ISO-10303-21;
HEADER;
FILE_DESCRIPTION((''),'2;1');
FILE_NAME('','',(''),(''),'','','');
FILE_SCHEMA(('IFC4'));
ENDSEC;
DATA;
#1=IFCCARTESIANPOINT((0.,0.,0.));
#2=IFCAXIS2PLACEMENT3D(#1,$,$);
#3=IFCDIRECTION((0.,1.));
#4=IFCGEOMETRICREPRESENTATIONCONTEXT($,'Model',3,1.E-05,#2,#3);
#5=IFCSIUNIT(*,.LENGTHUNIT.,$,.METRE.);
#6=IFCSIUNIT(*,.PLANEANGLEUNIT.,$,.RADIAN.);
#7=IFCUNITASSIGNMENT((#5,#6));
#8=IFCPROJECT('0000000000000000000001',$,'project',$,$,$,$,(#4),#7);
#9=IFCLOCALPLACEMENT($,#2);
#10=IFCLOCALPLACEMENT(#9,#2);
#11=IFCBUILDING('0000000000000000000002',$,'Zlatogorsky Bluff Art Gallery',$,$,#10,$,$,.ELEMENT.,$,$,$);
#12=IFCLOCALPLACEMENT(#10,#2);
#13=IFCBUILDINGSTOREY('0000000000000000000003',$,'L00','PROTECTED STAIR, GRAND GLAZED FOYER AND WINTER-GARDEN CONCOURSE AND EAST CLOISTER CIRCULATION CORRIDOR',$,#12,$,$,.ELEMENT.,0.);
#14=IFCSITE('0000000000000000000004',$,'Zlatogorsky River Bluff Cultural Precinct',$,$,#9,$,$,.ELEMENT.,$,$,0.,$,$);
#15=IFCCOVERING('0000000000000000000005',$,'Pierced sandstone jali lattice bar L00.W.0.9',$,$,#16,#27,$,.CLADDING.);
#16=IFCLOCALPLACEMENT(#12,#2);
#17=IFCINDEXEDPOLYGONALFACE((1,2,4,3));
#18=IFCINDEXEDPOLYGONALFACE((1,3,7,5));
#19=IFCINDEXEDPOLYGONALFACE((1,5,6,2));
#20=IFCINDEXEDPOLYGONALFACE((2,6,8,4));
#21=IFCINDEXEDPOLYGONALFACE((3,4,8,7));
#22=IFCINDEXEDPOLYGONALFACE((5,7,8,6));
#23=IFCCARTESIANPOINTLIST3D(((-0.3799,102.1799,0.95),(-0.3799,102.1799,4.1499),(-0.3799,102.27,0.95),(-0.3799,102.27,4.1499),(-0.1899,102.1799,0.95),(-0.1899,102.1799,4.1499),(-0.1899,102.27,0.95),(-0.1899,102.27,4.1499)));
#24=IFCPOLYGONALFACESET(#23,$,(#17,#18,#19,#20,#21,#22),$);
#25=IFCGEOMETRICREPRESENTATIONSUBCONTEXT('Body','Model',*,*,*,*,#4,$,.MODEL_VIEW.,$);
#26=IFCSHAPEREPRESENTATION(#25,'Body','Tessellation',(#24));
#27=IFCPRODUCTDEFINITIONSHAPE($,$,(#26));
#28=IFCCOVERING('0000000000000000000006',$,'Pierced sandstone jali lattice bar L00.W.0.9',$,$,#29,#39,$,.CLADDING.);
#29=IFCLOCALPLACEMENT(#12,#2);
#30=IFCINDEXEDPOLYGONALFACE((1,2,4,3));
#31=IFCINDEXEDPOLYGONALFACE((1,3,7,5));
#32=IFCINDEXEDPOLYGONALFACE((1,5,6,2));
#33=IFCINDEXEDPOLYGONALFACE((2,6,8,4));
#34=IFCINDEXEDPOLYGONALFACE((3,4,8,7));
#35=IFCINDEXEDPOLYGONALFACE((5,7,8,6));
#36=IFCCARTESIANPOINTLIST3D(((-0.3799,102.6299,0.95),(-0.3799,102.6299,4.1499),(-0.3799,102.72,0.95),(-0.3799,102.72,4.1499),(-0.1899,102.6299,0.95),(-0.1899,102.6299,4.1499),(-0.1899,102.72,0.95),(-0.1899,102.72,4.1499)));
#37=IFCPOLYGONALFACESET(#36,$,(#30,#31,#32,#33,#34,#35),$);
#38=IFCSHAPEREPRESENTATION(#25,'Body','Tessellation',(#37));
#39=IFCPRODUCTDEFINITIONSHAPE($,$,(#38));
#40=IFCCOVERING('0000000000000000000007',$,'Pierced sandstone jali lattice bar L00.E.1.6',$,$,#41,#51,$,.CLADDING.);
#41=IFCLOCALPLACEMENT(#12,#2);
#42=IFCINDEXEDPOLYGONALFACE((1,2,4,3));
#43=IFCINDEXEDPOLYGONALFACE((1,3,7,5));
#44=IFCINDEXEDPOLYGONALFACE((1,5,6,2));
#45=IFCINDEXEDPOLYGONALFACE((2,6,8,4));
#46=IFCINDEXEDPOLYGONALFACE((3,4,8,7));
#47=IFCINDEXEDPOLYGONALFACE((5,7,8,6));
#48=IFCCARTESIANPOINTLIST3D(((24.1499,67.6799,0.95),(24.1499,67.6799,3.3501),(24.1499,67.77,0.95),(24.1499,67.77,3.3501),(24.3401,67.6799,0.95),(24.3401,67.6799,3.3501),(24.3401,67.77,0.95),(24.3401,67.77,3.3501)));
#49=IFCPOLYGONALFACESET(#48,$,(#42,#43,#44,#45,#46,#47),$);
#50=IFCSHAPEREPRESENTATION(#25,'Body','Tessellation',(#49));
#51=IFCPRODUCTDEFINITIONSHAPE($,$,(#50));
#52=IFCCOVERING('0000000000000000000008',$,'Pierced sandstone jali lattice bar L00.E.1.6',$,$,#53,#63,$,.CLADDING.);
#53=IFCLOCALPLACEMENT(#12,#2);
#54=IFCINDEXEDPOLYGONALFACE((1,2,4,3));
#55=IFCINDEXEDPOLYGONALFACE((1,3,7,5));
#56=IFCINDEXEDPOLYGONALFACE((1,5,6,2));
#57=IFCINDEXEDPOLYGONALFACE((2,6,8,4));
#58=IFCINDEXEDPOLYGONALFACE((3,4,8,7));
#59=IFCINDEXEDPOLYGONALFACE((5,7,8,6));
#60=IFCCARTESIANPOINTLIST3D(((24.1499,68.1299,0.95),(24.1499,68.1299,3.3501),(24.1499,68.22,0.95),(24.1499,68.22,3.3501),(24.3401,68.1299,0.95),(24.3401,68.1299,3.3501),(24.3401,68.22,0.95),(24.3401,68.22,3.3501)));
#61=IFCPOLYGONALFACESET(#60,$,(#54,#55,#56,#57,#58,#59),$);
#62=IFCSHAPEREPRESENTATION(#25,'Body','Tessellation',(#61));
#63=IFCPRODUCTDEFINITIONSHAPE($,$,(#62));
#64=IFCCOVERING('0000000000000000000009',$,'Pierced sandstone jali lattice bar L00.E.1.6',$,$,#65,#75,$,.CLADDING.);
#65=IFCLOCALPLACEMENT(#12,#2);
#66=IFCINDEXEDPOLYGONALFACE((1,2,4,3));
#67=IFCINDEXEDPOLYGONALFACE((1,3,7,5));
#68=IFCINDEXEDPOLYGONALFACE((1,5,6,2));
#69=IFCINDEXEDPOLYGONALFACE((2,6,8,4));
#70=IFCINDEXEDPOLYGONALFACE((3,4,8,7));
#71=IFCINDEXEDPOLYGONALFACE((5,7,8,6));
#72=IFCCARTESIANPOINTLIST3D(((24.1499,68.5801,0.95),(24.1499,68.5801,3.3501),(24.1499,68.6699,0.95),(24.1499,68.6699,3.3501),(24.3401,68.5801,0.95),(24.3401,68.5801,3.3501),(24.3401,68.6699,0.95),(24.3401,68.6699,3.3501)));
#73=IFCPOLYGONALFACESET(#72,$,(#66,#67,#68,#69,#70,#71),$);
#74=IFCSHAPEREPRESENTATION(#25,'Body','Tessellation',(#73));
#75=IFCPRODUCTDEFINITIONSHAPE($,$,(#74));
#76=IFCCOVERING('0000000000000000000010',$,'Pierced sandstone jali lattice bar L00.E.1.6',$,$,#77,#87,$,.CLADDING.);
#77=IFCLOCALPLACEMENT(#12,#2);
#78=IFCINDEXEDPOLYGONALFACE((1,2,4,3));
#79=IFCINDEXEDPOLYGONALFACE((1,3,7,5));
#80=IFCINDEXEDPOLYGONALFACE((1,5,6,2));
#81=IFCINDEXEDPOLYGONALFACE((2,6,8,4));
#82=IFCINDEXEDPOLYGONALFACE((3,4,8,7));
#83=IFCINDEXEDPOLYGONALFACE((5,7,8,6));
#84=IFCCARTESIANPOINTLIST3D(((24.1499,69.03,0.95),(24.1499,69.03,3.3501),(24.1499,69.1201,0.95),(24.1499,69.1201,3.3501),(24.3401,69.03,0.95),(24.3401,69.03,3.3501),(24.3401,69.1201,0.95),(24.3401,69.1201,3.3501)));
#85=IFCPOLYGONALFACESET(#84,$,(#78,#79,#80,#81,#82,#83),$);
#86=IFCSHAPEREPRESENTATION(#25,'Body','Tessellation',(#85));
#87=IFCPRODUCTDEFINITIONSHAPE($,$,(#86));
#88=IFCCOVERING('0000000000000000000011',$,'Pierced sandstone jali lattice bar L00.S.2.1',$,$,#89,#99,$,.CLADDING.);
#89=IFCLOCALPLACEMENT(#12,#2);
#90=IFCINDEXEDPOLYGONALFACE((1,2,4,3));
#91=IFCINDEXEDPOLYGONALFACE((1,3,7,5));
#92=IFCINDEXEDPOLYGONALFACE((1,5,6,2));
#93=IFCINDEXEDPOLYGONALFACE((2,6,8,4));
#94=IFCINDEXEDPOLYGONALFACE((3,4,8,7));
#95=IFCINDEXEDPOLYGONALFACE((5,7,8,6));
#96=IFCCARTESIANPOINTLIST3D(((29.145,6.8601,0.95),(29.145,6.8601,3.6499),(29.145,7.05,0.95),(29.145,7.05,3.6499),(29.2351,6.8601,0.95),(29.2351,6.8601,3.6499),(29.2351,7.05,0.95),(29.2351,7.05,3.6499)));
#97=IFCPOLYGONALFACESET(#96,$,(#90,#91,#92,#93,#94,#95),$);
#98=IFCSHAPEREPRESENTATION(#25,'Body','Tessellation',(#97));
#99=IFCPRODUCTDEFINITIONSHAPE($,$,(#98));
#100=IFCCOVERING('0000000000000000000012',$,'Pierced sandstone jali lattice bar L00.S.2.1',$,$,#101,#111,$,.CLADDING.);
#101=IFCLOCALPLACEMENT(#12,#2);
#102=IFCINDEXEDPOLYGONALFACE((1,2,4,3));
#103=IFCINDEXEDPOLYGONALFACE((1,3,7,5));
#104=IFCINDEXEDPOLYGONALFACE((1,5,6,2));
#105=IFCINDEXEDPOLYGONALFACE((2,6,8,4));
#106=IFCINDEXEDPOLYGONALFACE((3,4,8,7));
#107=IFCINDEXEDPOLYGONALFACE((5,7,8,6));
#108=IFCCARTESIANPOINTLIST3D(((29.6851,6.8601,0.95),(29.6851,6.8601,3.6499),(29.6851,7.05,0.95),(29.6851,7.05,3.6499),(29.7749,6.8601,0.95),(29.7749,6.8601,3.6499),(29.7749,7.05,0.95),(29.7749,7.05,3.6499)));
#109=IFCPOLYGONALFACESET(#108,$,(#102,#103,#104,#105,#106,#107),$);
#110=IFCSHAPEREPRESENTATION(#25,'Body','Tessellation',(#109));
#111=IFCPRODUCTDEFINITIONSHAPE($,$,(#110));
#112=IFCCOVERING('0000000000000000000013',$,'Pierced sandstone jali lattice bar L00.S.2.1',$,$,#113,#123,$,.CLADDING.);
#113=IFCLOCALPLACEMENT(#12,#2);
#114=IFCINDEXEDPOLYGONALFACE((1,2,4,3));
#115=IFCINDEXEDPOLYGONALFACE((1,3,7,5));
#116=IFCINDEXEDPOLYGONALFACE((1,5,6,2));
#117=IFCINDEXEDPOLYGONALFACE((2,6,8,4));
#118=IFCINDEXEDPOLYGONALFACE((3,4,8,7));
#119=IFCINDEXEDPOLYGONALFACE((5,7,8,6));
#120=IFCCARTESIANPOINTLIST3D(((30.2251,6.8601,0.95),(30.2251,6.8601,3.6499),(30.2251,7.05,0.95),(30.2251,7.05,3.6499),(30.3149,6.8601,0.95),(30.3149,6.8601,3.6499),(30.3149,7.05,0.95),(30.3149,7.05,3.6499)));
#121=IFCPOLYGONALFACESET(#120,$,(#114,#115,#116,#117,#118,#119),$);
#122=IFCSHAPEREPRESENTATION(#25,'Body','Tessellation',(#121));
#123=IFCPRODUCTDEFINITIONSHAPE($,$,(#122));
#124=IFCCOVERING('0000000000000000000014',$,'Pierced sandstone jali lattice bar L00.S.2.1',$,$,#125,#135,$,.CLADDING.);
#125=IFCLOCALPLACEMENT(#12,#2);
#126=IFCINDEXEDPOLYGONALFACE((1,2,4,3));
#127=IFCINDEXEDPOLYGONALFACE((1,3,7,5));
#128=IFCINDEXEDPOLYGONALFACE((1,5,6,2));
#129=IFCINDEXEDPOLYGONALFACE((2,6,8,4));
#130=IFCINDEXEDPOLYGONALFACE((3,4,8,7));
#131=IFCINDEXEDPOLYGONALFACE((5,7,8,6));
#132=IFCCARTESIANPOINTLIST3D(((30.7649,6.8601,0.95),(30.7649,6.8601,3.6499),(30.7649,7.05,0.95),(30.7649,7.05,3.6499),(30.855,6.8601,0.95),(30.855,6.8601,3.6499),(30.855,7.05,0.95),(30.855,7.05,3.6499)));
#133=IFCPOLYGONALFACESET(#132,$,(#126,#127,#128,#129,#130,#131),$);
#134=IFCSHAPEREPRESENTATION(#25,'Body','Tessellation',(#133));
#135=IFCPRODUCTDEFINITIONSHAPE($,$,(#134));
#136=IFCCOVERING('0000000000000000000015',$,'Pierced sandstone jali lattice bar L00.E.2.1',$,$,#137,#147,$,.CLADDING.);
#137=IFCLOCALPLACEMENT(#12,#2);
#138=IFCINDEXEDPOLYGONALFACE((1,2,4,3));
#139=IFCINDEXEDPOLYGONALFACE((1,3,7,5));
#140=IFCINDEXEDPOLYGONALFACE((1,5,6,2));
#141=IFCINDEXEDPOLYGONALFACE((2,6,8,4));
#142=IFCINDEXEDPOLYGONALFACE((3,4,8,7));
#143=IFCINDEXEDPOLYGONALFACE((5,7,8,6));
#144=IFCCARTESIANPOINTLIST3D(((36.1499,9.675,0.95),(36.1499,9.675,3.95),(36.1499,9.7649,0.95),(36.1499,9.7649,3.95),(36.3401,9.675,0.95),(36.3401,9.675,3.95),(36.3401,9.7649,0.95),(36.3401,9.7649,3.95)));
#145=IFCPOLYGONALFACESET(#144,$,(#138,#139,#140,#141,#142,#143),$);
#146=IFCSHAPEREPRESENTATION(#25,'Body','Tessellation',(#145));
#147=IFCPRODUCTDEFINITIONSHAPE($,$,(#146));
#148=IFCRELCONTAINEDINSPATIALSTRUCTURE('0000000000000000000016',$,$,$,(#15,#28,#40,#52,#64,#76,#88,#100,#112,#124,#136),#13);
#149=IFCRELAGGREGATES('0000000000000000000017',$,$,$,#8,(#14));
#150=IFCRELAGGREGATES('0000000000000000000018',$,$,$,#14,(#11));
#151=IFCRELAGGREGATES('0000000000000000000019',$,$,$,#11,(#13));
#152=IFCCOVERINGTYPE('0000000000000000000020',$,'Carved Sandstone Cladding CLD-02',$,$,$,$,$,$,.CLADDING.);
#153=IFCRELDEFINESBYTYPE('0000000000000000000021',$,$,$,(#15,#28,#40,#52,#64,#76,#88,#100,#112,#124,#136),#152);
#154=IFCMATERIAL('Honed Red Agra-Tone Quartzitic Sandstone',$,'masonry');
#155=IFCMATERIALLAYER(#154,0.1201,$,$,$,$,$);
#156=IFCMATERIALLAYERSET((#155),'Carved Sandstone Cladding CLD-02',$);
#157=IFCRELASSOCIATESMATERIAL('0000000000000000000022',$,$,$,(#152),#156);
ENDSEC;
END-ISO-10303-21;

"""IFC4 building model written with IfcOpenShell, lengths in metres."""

from ifc_helpers import new_model, si_unit, direction, frame, origin, place, context, subcontext, project, spatial, polyline, outline, extrude, material, layer, layer_set, type_object, element, save


model = new_model("IFC4")

# Units and contexts
model_context = context("Model", 3, precision=1e-05, world=origin(), true_north=direction((0.0, 1.0)))
body_context = subcontext(model_context, "Body", "Model", "MODEL_VIEW")
ifc_project = project(units=[si_unit("LENGTHUNIT", "METRE"), si_unit("PLANEANGLEUNIT", "RADIAN")], contexts=[model_context])

# Site, building, storey
site_placement = place(None, origin())
site = spatial("IfcSite", under=ifc_project, at=site_placement, Name="Zlatogorsky River Bluff Cultural Precinct", CompositionType="ELEMENT", RefElevation=0.0)
building_placement = place(site_placement, origin())
building = spatial("IfcBuilding", under=site, at=building_placement, Name="Zlatogorsky Bluff Art Gallery", CompositionType="ELEMENT")
storey_placement = place(building_placement, origin())
storey = spatial("IfcBuildingStorey", under=building, at=storey_placement, Name="L00", Description="PROTECTED STAIR, GRAND GLAZED FOYER AND WINTER-GARDEN CONCOURSE AND EAST CLOISTER CIRCULATION CORRIDOR", CompositionType="ELEMENT", Elevation=0.0)

# Coverings
ifc_material_1 = material(Name="Honed Red Agra-Tone Quartzitic Sandstone", Category="masonry")
ifc_layer_1 = layer(ifc_material_1, 0.1201)
ifc_layer_set_1 = layer_set([ifc_layer_1], Name="Carved Sandstone Cladding CLD-02")
covering_type = type_object("IfcCoveringType", Name="Carved Sandstone Cladding CLD-02", PredefinedType="CLADDING", material=ifc_layer_set_1)
covering_1_placement = place(storey_placement, frame((0.0, 0.0, 0.95)))
element("IfcCovering", 1, at=covering_1_placement, inside=storey, type_object=covering_type, Name="Pierced sandstone jali lattice bar L00.W.0.9", PredefinedType="CLADDING", context=body_context, shape_type="SweptSolid", body=[
    extrude(outline(polyline([(-0.3799, 102.1799), (-0.3799, 102.27), (-0.1899, 102.27), (-0.1899, 102.1799), (-0.3799, 102.1799)])), origin(), (0.0, 0.0, 1.0), 3.2),
])
covering_2_placement = place(storey_placement, frame((0.0, 0.0, 0.95)))
element("IfcCovering", 2, at=covering_2_placement, inside=storey, type_object=covering_type, Name="Pierced sandstone jali lattice bar L00.W.0.9", PredefinedType="CLADDING", context=body_context, shape_type="SweptSolid", body=[
    extrude(outline(polyline([(-0.3799, 102.6299), (-0.3799, 102.72), (-0.1899, 102.72), (-0.1899, 102.6299), (-0.3799, 102.6299)])), origin(), (0.0, 0.0, 1.0), 3.2),
])
covering_3_placement = place(storey_placement, frame((0.0, 0.0, 0.95)))
element("IfcCovering", 3, at=covering_3_placement, inside=storey, type_object=covering_type, Name="Pierced sandstone jali lattice bar L00.E.1.6", PredefinedType="CLADDING", context=body_context, shape_type="SweptSolid", body=[
    extrude(outline(polyline([(24.1499, 67.6799), (24.1499, 67.77), (24.3401, 67.77), (24.3401, 67.6799), (24.1499, 67.6799)])), origin(), (0.0, 0.0, 1.0), 2.4001),
])
covering_4_placement = place(storey_placement, frame((0.0, 0.0, 0.95)))
element("IfcCovering", 4, at=covering_4_placement, inside=storey, type_object=covering_type, Name="Pierced sandstone jali lattice bar L00.E.1.6", PredefinedType="CLADDING", context=body_context, shape_type="SweptSolid", body=[
    extrude(outline(polyline([(24.1499, 68.1299), (24.1499, 68.22), (24.3401, 68.22), (24.3401, 68.1299), (24.1499, 68.1299)])), origin(), (0.0, 0.0, 1.0), 2.4001),
])
covering_5_placement = place(storey_placement, frame((0.0, 0.0, 0.95)))
element("IfcCovering", 5, at=covering_5_placement, inside=storey, type_object=covering_type, Name="Pierced sandstone jali lattice bar L00.E.1.6", PredefinedType="CLADDING", context=body_context, shape_type="SweptSolid", body=[
    extrude(outline(polyline([(24.1499, 68.5801), (24.1499, 68.6699), (24.3401, 68.6699), (24.3401, 68.5801), (24.1499, 68.5801)])), origin(), (0.0, 0.0, 1.0), 2.4001),
])
covering_6_placement = place(storey_placement, frame((0.0, 0.0, 0.95)))
element("IfcCovering", 6, at=covering_6_placement, inside=storey, type_object=covering_type, Name="Pierced sandstone jali lattice bar L00.E.1.6", PredefinedType="CLADDING", context=body_context, shape_type="SweptSolid", body=[
    extrude(outline(polyline([(24.1499, 69.03), (24.1499, 69.1201), (24.3401, 69.1201), (24.3401, 69.03), (24.1499, 69.03)])), origin(), (0.0, 0.0, 1.0), 2.4001),
])
covering_7_placement = place(storey_placement, frame((0.0, 0.0, 0.95)))
element("IfcCovering", 7, at=covering_7_placement, inside=storey, type_object=covering_type, Name="Pierced sandstone jali lattice bar L00.S.2.1", PredefinedType="CLADDING", context=body_context, shape_type="SweptSolid", body=[
    extrude(outline(polyline([(29.145, 6.8601), (29.2351, 6.8601), (29.2351, 7.05), (29.145, 7.05), (29.145, 6.8601)])), origin(), (0.0, 0.0, 1.0), 2.7),
])
covering_8_placement = place(storey_placement, frame((0.0, 0.0, 0.95)))
element("IfcCovering", 8, at=covering_8_placement, inside=storey, type_object=covering_type, Name="Pierced sandstone jali lattice bar L00.S.2.1", PredefinedType="CLADDING", context=body_context, shape_type="SweptSolid", body=[
    extrude(outline(polyline([(29.6851, 6.8601), (29.7749, 6.8601), (29.7749, 7.05), (29.6851, 7.05), (29.6851, 6.8601)])), origin(), (0.0, 0.0, 1.0), 2.7),
])
covering_9_placement = place(storey_placement, frame((0.0, 0.0, 0.95)))
element("IfcCovering", 9, at=covering_9_placement, inside=storey, type_object=covering_type, Name="Pierced sandstone jali lattice bar L00.S.2.1", PredefinedType="CLADDING", context=body_context, shape_type="SweptSolid", body=[
    extrude(outline(polyline([(30.2251, 6.8601), (30.3149, 6.8601), (30.3149, 7.05), (30.2251, 7.05), (30.2251, 6.8601)])), origin(), (0.0, 0.0, 1.0), 2.7),
])
covering_10_placement = place(storey_placement, frame((0.0, 0.0, 0.95)))
element("IfcCovering", 10, at=covering_10_placement, inside=storey, type_object=covering_type, Name="Pierced sandstone jali lattice bar L00.S.2.1", PredefinedType="CLADDING", context=body_context, shape_type="SweptSolid", body=[
    extrude(outline(polyline([(30.7649, 6.8601), (30.855, 6.8601), (30.855, 7.05), (30.7649, 7.05), (30.7649, 6.8601)])), origin(), (0.0, 0.0, 1.0), 2.7),
])
covering_11_placement = place(storey_placement, frame((0.0, 0.0, 0.95)))
element("IfcCovering", 11, at=covering_11_placement, inside=storey, type_object=covering_type, Name="Pierced sandstone jali lattice bar L00.E.2.1", PredefinedType="CLADDING", context=body_context, shape_type="SweptSolid", body=[
    extrude(outline(polyline([(36.1499, 9.675), (36.1499, 9.7649), (36.3401, 9.7649), (36.3401, 9.675), (36.1499, 9.675)])), origin(), (0.0, 0.0, 1.0), 3.0),
])

save(model, "model.ifc")
